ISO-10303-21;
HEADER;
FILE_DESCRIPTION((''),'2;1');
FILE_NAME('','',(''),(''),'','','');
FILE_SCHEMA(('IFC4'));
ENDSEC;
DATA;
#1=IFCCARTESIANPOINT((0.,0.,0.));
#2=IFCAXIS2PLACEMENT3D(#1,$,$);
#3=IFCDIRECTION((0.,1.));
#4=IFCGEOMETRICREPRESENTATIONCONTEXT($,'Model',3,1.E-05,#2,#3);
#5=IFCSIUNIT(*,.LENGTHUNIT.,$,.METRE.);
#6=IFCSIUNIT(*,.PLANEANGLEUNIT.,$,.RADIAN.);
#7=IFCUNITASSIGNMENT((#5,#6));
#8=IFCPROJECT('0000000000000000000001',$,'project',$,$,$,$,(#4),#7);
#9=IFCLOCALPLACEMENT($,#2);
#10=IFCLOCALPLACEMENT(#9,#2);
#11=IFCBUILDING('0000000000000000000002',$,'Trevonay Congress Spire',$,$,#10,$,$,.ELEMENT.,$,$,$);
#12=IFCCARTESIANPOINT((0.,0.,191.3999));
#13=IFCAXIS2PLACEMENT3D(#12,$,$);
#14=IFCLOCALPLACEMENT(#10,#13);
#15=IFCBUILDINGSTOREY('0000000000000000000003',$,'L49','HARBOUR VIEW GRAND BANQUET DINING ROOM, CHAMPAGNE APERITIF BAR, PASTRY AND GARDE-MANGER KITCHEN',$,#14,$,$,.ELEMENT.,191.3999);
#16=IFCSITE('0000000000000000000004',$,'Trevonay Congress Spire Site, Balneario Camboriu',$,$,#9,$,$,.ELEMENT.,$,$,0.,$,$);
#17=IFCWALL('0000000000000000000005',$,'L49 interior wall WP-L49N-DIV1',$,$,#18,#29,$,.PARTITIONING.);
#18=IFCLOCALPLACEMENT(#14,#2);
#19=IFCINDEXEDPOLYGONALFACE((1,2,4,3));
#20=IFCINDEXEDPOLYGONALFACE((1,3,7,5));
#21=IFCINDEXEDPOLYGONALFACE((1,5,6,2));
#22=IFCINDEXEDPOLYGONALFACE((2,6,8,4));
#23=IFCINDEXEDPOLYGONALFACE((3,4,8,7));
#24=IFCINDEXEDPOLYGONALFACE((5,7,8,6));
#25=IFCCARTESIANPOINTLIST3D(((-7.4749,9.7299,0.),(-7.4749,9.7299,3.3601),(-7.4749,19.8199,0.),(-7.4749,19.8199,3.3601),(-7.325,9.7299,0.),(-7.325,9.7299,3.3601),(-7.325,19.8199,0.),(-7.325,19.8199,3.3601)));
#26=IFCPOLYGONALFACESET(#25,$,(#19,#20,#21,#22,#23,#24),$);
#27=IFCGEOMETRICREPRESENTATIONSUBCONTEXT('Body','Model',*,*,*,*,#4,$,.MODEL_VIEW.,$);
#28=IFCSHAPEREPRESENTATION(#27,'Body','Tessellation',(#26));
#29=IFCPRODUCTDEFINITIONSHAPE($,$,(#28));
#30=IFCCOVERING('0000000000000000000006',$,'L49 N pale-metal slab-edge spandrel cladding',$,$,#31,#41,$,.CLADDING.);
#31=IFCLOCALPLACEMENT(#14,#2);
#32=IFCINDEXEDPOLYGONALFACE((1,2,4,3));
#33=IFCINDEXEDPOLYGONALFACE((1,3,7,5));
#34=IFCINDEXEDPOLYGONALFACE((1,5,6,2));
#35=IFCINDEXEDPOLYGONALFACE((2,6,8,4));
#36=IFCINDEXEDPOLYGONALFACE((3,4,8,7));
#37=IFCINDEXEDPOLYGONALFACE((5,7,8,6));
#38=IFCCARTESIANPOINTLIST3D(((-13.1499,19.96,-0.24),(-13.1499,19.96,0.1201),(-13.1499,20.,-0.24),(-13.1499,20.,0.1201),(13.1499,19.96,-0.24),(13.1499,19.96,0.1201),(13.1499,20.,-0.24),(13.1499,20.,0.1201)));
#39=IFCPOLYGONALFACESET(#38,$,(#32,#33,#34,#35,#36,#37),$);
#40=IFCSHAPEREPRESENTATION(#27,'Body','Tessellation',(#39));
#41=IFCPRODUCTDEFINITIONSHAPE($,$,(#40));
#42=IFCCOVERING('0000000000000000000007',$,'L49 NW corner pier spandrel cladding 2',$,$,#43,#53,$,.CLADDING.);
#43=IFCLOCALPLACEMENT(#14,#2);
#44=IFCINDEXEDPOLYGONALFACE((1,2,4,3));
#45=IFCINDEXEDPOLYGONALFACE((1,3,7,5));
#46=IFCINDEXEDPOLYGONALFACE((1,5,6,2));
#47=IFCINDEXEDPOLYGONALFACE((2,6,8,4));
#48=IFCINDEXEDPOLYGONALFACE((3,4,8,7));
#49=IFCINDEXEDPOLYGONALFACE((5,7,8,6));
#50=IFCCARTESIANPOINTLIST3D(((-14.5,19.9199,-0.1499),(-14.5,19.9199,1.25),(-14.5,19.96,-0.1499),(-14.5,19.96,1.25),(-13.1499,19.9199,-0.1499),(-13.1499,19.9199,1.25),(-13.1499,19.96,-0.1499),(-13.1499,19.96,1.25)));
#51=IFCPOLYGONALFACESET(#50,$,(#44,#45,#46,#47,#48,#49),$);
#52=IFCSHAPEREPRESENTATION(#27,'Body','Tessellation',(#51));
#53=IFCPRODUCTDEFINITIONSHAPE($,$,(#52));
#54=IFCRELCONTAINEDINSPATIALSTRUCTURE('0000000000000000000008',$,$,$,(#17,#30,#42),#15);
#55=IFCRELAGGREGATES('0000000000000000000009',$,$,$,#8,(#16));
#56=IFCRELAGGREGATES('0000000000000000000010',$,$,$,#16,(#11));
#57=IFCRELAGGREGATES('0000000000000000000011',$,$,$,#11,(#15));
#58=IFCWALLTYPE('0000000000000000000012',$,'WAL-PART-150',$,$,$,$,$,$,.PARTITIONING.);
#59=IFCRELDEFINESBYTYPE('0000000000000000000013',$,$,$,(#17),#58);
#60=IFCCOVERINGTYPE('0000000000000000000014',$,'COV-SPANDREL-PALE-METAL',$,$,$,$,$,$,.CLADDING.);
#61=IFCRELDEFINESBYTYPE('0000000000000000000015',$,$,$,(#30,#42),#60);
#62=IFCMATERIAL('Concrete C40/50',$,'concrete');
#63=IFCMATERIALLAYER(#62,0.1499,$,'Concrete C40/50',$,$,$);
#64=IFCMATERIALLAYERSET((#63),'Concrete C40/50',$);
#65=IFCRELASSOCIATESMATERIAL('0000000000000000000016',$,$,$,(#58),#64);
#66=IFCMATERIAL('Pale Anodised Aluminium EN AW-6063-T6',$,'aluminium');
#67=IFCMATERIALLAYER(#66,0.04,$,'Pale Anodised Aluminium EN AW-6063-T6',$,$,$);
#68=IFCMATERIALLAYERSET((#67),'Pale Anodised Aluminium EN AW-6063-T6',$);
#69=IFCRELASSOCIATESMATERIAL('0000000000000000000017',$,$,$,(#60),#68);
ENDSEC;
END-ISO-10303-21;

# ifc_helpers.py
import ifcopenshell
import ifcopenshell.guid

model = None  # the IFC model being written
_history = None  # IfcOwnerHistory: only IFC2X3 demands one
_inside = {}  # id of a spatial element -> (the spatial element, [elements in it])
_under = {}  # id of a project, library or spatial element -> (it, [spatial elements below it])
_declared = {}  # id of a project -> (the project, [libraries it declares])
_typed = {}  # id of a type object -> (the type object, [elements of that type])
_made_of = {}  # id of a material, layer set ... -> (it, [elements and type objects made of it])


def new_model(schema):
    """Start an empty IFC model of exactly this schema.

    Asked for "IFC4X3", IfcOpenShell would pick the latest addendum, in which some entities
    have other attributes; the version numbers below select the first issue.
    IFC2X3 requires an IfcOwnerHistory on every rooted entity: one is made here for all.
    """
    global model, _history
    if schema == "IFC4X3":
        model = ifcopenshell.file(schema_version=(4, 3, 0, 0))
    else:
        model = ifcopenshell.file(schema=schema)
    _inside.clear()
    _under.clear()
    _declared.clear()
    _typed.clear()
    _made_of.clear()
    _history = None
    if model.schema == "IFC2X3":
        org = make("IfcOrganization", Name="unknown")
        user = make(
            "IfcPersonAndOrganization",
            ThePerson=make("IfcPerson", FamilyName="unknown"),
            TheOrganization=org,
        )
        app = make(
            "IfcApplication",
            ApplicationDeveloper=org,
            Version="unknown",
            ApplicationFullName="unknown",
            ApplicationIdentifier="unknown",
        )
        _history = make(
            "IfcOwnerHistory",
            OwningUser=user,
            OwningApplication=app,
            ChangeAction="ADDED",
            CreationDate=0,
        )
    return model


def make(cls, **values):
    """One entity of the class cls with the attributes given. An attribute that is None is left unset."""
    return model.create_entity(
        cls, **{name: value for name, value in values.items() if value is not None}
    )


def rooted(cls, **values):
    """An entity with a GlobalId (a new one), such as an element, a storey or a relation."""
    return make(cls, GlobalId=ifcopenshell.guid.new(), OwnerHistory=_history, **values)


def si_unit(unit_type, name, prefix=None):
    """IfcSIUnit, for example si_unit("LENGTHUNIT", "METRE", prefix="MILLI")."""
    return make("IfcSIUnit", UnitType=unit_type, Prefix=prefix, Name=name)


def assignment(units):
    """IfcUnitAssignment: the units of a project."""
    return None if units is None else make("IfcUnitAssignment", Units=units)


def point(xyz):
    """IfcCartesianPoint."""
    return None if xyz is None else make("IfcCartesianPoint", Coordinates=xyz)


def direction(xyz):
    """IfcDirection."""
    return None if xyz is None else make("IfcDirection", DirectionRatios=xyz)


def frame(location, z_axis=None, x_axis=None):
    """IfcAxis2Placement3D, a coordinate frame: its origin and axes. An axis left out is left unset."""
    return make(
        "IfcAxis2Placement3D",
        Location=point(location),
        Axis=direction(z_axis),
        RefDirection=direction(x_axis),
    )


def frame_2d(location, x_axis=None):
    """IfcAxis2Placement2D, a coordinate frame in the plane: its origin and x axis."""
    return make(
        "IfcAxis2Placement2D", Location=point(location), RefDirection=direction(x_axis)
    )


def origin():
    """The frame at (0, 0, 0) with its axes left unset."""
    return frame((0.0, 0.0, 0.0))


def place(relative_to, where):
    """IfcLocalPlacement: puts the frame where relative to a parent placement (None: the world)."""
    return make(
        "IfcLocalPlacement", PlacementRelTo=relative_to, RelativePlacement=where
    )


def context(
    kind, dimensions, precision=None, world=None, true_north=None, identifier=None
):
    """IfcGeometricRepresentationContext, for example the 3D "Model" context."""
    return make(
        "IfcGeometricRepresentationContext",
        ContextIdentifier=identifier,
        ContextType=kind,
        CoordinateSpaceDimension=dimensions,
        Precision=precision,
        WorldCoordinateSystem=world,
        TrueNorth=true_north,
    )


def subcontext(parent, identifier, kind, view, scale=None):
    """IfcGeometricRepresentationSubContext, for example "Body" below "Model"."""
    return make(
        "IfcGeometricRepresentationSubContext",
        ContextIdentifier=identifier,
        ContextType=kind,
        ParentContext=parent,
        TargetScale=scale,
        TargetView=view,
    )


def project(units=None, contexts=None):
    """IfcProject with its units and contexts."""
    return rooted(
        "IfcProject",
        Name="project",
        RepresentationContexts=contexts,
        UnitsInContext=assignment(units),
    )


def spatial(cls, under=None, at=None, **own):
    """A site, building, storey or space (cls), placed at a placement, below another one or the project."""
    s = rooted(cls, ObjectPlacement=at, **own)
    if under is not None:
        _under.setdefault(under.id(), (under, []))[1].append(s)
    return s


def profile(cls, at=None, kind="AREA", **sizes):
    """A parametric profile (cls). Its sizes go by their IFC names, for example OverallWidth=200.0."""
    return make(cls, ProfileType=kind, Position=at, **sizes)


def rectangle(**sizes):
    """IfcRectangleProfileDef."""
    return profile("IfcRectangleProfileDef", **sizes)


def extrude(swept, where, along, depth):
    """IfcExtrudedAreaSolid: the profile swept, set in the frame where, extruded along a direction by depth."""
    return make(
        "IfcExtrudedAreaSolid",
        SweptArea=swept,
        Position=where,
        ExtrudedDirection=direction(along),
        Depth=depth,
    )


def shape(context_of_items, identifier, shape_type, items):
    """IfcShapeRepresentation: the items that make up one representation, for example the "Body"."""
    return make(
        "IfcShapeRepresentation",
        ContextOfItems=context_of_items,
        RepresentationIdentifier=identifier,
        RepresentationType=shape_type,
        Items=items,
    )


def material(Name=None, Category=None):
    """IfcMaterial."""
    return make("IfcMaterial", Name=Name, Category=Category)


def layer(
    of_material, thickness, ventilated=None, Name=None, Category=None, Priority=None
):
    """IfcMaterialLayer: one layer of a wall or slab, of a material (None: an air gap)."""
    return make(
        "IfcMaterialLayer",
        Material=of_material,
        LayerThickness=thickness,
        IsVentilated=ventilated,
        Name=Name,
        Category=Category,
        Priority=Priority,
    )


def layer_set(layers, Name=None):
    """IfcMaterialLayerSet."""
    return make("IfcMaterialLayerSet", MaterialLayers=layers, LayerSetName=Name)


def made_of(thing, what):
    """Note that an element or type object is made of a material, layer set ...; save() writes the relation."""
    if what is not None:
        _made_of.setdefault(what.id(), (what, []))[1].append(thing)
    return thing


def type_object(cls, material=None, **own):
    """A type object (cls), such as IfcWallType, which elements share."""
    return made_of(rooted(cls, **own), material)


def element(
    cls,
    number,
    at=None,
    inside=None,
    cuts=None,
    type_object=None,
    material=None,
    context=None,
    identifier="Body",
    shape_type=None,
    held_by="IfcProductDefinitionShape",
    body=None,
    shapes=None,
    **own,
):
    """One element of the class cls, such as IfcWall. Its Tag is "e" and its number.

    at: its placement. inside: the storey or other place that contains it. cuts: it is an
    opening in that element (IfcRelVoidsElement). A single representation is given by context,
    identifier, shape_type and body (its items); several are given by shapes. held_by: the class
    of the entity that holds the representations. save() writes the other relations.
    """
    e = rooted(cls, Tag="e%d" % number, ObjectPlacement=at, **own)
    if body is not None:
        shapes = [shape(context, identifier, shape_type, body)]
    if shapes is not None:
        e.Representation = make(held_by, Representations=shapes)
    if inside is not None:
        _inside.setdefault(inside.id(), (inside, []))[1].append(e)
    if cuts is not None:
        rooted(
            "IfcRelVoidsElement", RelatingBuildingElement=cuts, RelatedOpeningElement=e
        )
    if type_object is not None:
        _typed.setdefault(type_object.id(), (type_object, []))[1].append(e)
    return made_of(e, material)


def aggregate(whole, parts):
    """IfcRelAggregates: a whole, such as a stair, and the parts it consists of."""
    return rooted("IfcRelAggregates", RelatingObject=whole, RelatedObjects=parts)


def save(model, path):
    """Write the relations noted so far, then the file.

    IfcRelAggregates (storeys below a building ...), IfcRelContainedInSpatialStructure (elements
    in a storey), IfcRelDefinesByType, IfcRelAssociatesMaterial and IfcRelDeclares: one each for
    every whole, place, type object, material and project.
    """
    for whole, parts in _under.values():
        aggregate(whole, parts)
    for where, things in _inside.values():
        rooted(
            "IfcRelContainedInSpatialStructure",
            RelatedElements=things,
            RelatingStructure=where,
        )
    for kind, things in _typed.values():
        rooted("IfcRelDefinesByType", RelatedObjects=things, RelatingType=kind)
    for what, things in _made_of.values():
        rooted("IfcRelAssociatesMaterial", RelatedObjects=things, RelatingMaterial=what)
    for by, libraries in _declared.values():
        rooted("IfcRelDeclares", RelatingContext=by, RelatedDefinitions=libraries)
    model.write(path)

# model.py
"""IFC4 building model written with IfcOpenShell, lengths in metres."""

from ifc_helpers import new_model, si_unit, direction, frame, frame_2d, origin, place, context, subcontext, project, spatial, rectangle, extrude, material, layer, layer_set, type_object, element, save


model = new_model("IFC4")

# Units and contexts
model_context = context("Model", 3, precision=1e-05, world=origin(), true_north=direction((0.0, 1.0)))
body_context = subcontext(model_context, "Body", "Model", "MODEL_VIEW")
ifc_project = project(units=[si_unit("LENGTHUNIT", "METRE"), si_unit("PLANEANGLEUNIT", "RADIAN")], contexts=[model_context])

# Site, building, storey
site_placement = place(None, origin())
site = spatial("IfcSite", under=ifc_project, at=site_placement, Name="Trevonay Congress Spire Site, Balneario Camboriu", CompositionType="ELEMENT", RefElevation=0.0)
building_placement = place(site_placement, origin())
building = spatial("IfcBuilding", under=site, at=building_placement, Name="Trevonay Congress Spire", CompositionType="ELEMENT")
storey_placement = place(building_placement, frame((0.0, 0.0, 191.3999)))
storey = spatial("IfcBuildingStorey", under=building, at=storey_placement, Name="L49", Description="HARBOUR VIEW GRAND BANQUET DINING ROOM, CHAMPAGNE APERITIF BAR, PASTRY AND GARDE-MANGER KITCHEN", CompositionType="ELEMENT", Elevation=191.3999)

# Shared definitions
ifc_material_1 = material(Name="Pale Anodised Aluminium EN AW-6063-T6", Category="aluminium")

# Shared definitions
ifc_material_2 = material(Name="Concrete C40/50", Category="concrete")

# Wall
ifc_layer_1 = layer(ifc_material_2, 0.1499, Name="Concrete C40/50")
ifc_layer_set_1 = layer_set([ifc_layer_1], Name="Concrete C40/50")
wall_type_1 = type_object("IfcWallType", Name="WAL-PART-150", PredefinedType="PARTITIONING", material=ifc_layer_set_1)
wall_1_placement = place(storey_placement, frame((-7.3999, 9.73, 0.0), z_axis=(0.0, 0.0, 1.0), x_axis=(0.0, 1.0, 0.0)))
element("IfcWall", 1, at=wall_1_placement, inside=storey, type_object=wall_type_1, Name="L49 interior wall WP-L49N-DIV1", PredefinedType="PARTITIONING", context=body_context, shape_type="SweptSolid", body=[
    extrude(rectangle(XDim=10.0901, YDim=0.1499, at=frame_2d((5.0449, 0.0))), origin(), (0.0, 0.0, 1.0), 3.3601),
])

# Coverings
ifc_layer_2 = layer(ifc_material_1, 0.04, Name="Pale Anodised Aluminium EN AW-6063-T6")
ifc_layer_set_2 = layer_set([ifc_layer_2], Name="Pale Anodised Aluminium EN AW-6063-T6")
covering_type = type_object("IfcCoveringType", Name="COV-SPANDREL-PALE-METAL", PredefinedType="CLADDING", material=ifc_layer_set_2)
covering_1_placement = place(storey_placement, frame((-13.1499, 19.98, -0.24), z_axis=(0.0, 0.0, 1.0), x_axis=(1.0, 0.0, 0.0)))
element("IfcCovering", 2, at=covering_1_placement, inside=storey, type_object=covering_type, Name="L49 N pale-metal slab-edge spandrel cladding", PredefinedType="CLADDING", context=body_context, shape_type="SweptSolid", body=[
    extrude(rectangle(XDim=26.2998, YDim=0.04, at=frame_2d((13.1499, 0.0))), origin(), (0.0, 0.0, 1.0), 0.3601),
])
covering_2_placement = place(storey_placement, frame((-13.1499, 19.9399, -0.1499), z_axis=(0.0, 0.0, 1.0), x_axis=(-1.0, 0.0, 0.0)))
element("IfcCovering", 3, at=covering_2_placement, inside=storey, type_object=covering_type, Name="L49 NW corner pier spandrel cladding 2", PredefinedType="CLADDING", context=body_context, shape_type="SweptSolid", body=[
    extrude(rectangle(XDim=1.3501, YDim=0.04, at=frame_2d((0.675, 0.0))), origin(), (0.0, 0.0, 1.0), 1.3999),
])

save(model, "model.ifc")
